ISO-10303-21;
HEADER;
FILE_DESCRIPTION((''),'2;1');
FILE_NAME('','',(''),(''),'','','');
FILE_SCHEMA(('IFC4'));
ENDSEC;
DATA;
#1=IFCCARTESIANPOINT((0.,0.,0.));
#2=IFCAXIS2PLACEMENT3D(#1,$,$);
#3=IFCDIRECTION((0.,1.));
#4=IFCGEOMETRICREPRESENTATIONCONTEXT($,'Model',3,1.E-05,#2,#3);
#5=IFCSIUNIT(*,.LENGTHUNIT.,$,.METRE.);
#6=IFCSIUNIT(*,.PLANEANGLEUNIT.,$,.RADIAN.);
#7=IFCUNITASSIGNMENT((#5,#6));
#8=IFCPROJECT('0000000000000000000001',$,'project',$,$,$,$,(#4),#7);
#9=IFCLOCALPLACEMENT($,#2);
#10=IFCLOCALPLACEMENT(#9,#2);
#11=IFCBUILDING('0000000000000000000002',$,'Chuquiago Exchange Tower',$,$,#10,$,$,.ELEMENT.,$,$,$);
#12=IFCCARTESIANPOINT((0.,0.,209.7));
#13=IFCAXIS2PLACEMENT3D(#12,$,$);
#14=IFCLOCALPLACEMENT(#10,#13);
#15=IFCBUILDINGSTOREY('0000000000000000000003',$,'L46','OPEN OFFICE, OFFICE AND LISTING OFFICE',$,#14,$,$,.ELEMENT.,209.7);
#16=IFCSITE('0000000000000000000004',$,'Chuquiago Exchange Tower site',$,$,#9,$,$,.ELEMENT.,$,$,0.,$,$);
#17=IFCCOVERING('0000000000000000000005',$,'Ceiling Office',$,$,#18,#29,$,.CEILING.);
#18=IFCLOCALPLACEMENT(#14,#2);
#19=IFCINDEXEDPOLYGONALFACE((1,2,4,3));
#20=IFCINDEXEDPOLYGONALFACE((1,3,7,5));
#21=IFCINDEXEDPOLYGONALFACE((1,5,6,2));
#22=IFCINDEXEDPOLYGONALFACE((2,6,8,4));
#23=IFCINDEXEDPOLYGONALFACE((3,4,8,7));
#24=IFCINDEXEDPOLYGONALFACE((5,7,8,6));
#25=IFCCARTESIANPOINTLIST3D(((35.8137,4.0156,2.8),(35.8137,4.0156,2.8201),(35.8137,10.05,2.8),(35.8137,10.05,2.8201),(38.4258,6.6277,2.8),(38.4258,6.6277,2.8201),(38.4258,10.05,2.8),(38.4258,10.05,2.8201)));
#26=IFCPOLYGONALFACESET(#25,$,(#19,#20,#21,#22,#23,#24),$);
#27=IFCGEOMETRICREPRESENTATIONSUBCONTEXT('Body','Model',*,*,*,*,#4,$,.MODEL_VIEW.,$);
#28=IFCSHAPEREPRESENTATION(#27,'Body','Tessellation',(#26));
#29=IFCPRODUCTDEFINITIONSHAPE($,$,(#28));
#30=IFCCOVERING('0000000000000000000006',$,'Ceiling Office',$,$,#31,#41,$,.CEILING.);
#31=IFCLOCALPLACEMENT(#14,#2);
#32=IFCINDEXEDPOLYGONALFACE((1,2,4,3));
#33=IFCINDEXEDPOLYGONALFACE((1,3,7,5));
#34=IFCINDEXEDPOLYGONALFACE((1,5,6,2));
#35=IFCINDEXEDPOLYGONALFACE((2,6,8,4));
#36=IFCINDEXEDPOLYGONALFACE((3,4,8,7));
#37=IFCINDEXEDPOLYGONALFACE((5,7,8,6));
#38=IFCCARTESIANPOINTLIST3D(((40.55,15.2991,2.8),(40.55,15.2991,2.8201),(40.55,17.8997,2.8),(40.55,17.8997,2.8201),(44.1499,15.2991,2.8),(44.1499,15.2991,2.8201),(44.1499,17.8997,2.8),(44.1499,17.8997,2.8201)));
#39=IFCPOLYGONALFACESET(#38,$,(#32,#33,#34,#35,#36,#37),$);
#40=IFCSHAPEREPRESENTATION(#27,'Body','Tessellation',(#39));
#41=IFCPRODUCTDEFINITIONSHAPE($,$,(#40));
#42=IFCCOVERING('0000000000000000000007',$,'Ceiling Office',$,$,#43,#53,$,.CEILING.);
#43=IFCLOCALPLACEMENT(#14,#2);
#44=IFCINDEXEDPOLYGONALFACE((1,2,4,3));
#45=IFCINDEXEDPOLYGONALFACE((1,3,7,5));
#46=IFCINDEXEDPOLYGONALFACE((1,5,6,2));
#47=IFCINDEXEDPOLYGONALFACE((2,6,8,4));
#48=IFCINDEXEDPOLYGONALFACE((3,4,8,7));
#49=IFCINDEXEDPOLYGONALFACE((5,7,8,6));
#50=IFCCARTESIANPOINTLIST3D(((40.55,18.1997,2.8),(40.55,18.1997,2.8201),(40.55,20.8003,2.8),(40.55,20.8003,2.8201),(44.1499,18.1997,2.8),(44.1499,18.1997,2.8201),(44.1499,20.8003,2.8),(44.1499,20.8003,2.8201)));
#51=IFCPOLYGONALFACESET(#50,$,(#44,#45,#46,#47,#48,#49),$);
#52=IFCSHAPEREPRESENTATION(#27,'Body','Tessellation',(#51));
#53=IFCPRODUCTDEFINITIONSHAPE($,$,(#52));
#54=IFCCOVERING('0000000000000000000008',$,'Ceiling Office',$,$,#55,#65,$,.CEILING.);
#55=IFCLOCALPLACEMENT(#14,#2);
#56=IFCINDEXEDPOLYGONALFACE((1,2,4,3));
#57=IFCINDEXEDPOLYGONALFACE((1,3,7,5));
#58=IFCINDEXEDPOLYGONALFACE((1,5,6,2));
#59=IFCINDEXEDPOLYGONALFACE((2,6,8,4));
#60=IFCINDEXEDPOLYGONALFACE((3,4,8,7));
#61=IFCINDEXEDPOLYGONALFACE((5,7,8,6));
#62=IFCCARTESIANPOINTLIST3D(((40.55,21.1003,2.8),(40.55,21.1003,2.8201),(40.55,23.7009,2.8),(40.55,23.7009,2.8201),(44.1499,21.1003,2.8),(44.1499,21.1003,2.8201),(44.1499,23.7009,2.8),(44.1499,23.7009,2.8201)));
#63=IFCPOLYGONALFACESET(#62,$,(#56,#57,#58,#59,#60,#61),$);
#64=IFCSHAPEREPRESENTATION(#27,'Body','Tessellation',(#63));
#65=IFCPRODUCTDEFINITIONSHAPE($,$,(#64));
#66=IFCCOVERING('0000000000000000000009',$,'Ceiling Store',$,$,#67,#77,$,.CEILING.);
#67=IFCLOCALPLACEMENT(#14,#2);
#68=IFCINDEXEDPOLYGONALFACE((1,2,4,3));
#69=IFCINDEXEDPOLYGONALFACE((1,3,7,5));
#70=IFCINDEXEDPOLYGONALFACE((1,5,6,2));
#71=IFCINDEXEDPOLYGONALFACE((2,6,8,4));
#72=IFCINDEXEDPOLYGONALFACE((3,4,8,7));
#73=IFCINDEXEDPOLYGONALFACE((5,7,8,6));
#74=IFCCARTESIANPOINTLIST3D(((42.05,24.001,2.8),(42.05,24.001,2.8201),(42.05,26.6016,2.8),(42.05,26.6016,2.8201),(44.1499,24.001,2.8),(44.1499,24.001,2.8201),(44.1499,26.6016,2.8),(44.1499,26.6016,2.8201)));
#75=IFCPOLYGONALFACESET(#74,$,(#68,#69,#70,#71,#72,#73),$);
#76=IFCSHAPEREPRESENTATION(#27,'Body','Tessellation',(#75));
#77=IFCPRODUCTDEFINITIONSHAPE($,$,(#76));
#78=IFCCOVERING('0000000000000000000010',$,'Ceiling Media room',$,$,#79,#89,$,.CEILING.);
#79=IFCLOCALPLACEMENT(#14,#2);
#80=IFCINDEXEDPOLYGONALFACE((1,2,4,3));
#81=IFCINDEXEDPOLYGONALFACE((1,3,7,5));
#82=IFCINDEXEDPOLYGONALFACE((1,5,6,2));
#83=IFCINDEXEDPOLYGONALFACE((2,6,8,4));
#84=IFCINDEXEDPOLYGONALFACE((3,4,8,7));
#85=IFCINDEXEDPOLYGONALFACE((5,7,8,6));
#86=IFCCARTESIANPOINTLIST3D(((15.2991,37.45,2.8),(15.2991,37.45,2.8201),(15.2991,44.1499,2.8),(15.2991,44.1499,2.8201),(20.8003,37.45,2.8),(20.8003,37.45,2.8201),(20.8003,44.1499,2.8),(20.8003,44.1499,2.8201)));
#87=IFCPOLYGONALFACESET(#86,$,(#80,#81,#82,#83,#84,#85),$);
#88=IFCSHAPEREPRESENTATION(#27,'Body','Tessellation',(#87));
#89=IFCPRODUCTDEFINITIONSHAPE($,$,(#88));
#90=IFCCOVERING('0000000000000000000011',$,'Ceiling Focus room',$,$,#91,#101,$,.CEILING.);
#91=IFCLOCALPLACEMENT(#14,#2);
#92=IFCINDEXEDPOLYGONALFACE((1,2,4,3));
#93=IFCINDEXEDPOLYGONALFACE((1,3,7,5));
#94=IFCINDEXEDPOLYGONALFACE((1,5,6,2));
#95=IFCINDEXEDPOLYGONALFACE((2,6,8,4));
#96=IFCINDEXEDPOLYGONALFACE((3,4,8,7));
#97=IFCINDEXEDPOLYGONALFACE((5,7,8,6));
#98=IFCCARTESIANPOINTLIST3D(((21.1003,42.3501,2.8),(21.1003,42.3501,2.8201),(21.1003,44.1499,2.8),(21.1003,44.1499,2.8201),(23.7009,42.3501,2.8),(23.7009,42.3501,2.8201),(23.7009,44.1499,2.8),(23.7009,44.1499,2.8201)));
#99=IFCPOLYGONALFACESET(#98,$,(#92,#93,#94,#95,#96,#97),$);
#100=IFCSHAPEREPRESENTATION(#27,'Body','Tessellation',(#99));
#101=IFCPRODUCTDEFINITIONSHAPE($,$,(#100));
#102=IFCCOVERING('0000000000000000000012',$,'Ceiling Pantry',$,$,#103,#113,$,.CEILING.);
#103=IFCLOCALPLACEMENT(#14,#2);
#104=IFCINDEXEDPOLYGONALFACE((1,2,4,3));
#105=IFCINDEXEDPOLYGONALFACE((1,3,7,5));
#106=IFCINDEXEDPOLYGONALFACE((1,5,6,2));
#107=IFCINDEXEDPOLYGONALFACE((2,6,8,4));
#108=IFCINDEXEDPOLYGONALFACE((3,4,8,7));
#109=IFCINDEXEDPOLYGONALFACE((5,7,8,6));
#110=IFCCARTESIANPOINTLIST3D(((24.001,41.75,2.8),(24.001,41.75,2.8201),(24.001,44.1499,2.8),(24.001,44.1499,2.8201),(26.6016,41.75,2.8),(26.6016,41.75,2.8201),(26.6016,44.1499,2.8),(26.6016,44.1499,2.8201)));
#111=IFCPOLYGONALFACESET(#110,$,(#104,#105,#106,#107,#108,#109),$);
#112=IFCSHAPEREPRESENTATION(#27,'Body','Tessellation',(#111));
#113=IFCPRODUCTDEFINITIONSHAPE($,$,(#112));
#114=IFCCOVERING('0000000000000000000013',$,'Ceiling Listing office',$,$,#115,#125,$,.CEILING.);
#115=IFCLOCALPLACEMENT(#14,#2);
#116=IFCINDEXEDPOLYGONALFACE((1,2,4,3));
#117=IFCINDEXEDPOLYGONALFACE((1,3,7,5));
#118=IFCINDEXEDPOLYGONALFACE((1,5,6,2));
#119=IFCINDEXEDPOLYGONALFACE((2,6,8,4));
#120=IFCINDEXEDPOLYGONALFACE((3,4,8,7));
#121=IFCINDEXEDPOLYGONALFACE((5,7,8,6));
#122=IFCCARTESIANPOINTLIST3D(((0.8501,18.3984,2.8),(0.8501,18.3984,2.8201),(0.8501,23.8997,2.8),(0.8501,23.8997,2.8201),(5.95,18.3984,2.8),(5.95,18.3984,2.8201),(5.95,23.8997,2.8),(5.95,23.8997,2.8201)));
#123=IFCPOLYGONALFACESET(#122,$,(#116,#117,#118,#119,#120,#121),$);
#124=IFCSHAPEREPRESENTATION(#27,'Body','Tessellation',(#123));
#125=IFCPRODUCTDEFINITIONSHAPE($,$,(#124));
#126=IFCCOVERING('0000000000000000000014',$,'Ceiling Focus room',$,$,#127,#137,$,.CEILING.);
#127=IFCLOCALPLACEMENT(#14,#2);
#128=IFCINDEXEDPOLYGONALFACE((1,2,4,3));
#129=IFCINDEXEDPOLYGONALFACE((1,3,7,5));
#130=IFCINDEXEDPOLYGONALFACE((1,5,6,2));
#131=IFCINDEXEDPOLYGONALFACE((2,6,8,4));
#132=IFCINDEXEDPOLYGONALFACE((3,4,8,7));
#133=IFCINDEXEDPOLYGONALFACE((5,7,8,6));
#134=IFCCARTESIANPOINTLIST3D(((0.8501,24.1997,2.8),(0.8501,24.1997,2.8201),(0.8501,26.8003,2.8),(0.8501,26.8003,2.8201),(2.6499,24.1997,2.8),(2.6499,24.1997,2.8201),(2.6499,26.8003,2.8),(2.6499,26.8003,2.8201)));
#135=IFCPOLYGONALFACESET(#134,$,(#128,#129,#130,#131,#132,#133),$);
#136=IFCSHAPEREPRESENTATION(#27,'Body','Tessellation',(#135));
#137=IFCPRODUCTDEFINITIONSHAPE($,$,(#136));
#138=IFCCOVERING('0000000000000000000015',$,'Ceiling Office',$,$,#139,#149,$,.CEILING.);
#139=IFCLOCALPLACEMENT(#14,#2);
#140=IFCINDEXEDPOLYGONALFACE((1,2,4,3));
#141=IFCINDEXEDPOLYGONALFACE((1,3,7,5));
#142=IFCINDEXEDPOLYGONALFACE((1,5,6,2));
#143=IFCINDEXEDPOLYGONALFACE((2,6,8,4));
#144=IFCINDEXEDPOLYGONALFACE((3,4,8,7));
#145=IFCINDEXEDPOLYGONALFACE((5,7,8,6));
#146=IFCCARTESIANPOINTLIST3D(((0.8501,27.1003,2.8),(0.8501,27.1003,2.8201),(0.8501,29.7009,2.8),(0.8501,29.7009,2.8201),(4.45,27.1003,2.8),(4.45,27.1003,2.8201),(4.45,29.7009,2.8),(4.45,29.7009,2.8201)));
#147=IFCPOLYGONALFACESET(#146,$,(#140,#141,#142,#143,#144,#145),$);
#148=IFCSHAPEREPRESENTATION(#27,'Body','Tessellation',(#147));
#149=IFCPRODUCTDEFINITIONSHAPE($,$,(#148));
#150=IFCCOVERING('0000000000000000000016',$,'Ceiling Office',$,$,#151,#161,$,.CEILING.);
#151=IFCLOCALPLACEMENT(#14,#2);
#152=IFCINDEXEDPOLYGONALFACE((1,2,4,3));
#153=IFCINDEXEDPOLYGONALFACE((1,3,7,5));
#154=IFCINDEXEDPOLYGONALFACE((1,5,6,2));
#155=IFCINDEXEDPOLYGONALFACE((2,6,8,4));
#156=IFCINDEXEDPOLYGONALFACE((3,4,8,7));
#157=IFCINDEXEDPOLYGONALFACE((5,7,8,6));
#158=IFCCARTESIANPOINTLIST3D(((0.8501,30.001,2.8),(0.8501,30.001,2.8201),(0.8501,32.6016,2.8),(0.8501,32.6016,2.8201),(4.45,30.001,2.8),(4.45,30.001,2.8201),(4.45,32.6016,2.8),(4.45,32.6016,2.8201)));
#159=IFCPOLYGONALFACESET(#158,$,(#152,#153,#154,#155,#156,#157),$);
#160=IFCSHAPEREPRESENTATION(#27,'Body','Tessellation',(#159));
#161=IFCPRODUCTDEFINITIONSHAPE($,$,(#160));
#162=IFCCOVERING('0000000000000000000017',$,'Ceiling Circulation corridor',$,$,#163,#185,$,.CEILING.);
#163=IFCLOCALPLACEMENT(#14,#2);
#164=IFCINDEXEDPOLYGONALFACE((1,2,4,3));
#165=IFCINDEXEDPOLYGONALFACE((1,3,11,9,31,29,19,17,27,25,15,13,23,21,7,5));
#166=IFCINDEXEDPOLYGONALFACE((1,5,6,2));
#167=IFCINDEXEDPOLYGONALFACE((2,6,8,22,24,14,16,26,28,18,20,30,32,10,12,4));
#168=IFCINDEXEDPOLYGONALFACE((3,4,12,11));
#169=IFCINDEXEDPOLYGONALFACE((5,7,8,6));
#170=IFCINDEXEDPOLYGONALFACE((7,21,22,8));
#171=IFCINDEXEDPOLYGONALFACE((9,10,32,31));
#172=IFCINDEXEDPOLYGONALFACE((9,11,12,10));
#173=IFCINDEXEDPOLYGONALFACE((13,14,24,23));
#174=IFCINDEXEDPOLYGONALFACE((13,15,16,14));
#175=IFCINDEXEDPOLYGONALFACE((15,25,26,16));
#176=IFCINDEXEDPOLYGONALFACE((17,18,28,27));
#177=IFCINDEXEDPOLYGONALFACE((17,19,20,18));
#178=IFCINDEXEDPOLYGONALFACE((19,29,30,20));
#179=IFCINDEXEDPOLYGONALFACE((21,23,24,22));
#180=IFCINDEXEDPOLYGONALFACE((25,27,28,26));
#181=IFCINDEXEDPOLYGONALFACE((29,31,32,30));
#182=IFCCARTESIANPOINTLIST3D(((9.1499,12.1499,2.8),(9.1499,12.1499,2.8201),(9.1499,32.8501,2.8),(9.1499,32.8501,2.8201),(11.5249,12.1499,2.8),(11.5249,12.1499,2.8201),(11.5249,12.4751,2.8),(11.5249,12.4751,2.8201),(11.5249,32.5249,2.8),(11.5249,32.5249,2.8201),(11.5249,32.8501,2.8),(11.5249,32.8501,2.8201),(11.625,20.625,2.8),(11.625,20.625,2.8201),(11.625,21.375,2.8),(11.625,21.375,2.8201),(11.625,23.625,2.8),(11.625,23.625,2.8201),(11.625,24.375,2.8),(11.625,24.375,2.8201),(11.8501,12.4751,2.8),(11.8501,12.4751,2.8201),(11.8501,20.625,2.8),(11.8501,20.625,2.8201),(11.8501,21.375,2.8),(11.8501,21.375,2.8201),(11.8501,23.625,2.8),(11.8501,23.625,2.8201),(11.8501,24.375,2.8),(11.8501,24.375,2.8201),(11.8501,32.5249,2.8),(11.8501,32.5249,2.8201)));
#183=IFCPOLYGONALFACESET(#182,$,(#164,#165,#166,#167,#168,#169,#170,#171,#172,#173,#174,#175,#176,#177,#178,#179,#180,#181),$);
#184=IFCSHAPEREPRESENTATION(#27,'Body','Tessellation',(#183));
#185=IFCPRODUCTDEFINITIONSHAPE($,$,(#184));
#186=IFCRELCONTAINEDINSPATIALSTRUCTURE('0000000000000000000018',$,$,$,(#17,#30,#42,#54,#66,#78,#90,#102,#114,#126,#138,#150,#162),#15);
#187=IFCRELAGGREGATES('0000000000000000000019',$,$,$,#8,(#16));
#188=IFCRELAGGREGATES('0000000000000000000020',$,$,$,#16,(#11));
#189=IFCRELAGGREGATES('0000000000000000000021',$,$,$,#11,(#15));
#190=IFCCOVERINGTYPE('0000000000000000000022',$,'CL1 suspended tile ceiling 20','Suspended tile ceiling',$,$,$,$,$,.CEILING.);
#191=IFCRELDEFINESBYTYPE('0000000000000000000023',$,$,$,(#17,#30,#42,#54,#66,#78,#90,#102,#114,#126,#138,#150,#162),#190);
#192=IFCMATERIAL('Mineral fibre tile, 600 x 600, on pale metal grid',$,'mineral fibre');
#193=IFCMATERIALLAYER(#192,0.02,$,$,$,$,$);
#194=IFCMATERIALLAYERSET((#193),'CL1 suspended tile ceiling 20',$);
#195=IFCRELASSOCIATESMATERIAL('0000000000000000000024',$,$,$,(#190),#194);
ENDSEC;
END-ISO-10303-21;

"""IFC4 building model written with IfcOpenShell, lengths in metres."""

from ifc_helpers import new_model, si_unit, direction, frame, origin, place, context, subcontext, project, spatial, polyline, outline, extrude, material, layer, layer_set, type_object, element, save


model = new_model("IFC4")

# Units and contexts
model_context = context("Model", 3, precision=1e-05, world=origin(), true_north=direction((0.0, 1.0)))
body_context = subcontext(model_context, "Body", "Model", "MODEL_VIEW")
ifc_project = project(units=[si_unit("LENGTHUNIT", "METRE"), si_unit("PLANEANGLEUNIT", "RADIAN")], contexts=[model_context])

# Site, building, storey
site_placement = place(None, origin())
site = spatial("IfcSite", under=ifc_project, at=site_placement, Name="Chuquiago Exchange Tower site", CompositionType="ELEMENT", RefElevation=0.0)
building_placement = place(site_placement, origin())
building = spatial("IfcBuilding", under=site, at=building_placement, Name="Chuquiago Exchange Tower", CompositionType="ELEMENT")
storey_placement = place(building_placement, frame((0.0, 0.0, 209.7)))
storey = spatial("IfcBuildingStorey", under=building, at=storey_placement, Name="L46", Description="OPEN OFFICE, OFFICE AND LISTING OFFICE", CompositionType="ELEMENT", Elevation=209.7)

# Coverings
ifc_material_1 = material(Name="Mineral fibre tile, 600 x 600, on pale metal grid", Category="mineral fibre")
ifc_layer_1 = layer(ifc_material_1, 0.02)
ifc_layer_set_1 = layer_set([ifc_layer_1], Name="CL1 suspended tile ceiling 20")
covering_type_1 = type_object("IfcCoveringType", Name="CL1 suspended tile ceiling 20", Description="Suspended tile ceiling", PredefinedType="CEILING", material=ifc_layer_set_1)
covering_1_placement = place(storey_placement, frame((0.0, 0.0, 2.8)))
element("IfcCovering", 1, at=covering_1_placement, inside=storey, type_object=covering_type_1, Name="Ceiling Office", PredefinedType="CEILING", context=body_context, shape_type="SweptSolid", body=[
    extrude(outline(polyline([(35.8137, 10.05), (38.4258, 10.05), (38.4258, 6.6277), (35.8137, 4.0156), (35.8137, 10.05)])), origin(), (0.0, 0.0, 1.0), 0.02),
])
covering_2_placement = place(storey_placement, frame((0.0, 0.0, 2.8)))
element("IfcCovering", 2, at=covering_2_placement, inside=storey, type_object=covering_type_1, Name="Ceiling Office", PredefinedType="CEILING", context=body_context, shape_type="SweptSolid", body=[
    extrude(outline(polyline([(40.55, 15.2991), (40.55, 17.8997), (44.1499, 17.8997), (44.1499, 15.2991), (40.55, 15.2991)])), origin(), (0.0, 0.0, 1.0), 0.02),
])
covering_3_placement = place(storey_placement, frame((0.0, 0.0, 2.8)))
element("IfcCovering", 3, at=covering_3_placement, inside=storey, type_object=covering_type_1, Name="Ceiling Office", PredefinedType="CEILING", context=body_context, shape_type="SweptSolid", body=[
    extrude(outline(polyline([(40.55, 18.1997), (40.55, 20.8003), (44.1499, 20.8003), (44.1499, 18.1997), (40.55, 18.1997)])), origin(), (0.0, 0.0, 1.0), 0.02),
])
covering_4_placement = place(storey_placement, frame((0.0, 0.0, 2.8)))
element("IfcCovering", 4, at=covering_4_placement, inside=storey, type_object=covering_type_1, Name="Ceiling Office", PredefinedType="CEILING", context=body_context, shape_type="SweptSolid", body=[
    extrude(outline(polyline([(40.55, 21.1003), (40.55, 23.7009), (44.1499, 23.7009), (44.1499, 21.1003), (40.55, 21.1003)])), origin(), (0.0, 0.0, 1.0), 0.02),
])
covering_5_placement = place(storey_placement, frame((0.0, 0.0, 2.8)))
element("IfcCovering", 5, at=covering_5_placement, inside=storey, type_object=covering_type_1, Name="Ceiling Store", PredefinedType="CEILING", context=body_context, shape_type="SweptSolid", body=[
    extrude(outline(polyline([(44.1499, 24.001), (42.05, 24.001), (42.05, 26.6016), (44.1499, 26.6016), (44.1499, 24.001)])), origin(), (0.0, 0.0, 1.0), 0.02),
])
covering_6_placement = place(storey_placement, frame((0.0, 0.0, 2.8)))
element("IfcCovering", 6, at=covering_6_placement, inside=storey, type_object=covering_type_1, Name="Ceiling Media room", PredefinedType="CEILING", context=body_context, shape_type="SweptSolid", body=[
    extrude(outline(polyline([(20.8003, 37.45), (15.2991, 37.45), (15.2991, 44.1499), (20.8003, 44.1499), (20.8003, 37.45)])), origin(), (0.0, 0.0, 1.0), 0.02),
])
covering_7_placement = place(storey_placement, frame((0.0, 0.0, 2.8)))
element("IfcCovering", 7, at=covering_7_placement, inside=storey, type_object=covering_type_1, Name="Ceiling Focus room", PredefinedType="CEILING", context=body_context, shape_type="SweptSolid", body=[
    extrude(outline(polyline([(23.7009, 42.3501), (21.1003, 42.3501), (21.1003, 44.1499), (23.7009, 44.1499), (23.7009, 42.3501)])), origin(), (0.0, 0.0, 1.0), 0.02),
])
covering_8_placement = place(storey_placement, frame((0.0, 0.0, 2.8)))
element("IfcCovering", 8, at=covering_8_placement, inside=storey, type_object=covering_type_1, Name="Ceiling Pantry", PredefinedType="CEILING", context=body_context, shape_type="SweptSolid", body=[
    extrude(outline(polyline([(26.6016, 41.75), (24.001, 41.75), (24.001, 44.1499), (26.6016, 44.1499), (26.6016, 41.75)])), origin(), (0.0, 0.0, 1.0), 0.02),
])
covering_9_placement = place(storey_placement, frame((0.0, 0.0, 2.8)))
element("IfcCovering", 9, at=covering_9_placement, inside=storey, type_object=covering_type_1, Name="Ceiling Listing office", PredefinedType="CEILING", context=body_context, shape_type="SweptSolid", body=[
    extrude(outline(polyline([(0.8501, 23.8997), (5.95, 23.8997), (5.95, 18.3984), (0.8501, 18.3984), (0.8501, 23.8997)])), origin(), (0.0, 0.0, 1.0), 0.02),
])
covering_10_placement = place(storey_placement, frame((0.0, 0.0, 2.8)))
element("IfcCovering", 10, at=covering_10_placement, inside=storey, type_object=covering_type_1, Name="Ceiling Focus room", PredefinedType="CEILING", context=body_context, shape_type="SweptSolid", body=[
    extrude(outline(polyline([(2.6499, 26.8003), (2.6499, 24.1997), (0.8501, 24.1997), (0.8501, 26.8003), (2.6499, 26.8003)])), origin(), (0.0, 0.0, 1.0), 0.02),
])
covering_11_placement = place(storey_placement, frame((0.0, 0.0, 2.8)))
element("IfcCovering", 11, at=covering_11_placement, inside=storey, type_object=covering_type_1, Name="Ceiling Office", PredefinedType="CEILING", context=body_context, shape_type="SweptSolid", body=[
    extrude(outline(polyline([(4.45, 29.7009), (4.45, 27.1003), (0.8501, 27.1003), (0.8501, 29.7009), (4.45, 29.7009)])), origin(), (0.0, 0.0, 1.0), 0.02),
])
covering_12_placement = place(storey_placement, frame((0.0, 0.0, 2.8)))
element("IfcCovering", 12, at=covering_12_placement, inside=storey, type_object=covering_type_1, Name="Ceiling Office", PredefinedType="CEILING", context=body_context, shape_type="SweptSolid", body=[
    extrude(outline(polyline([(4.45, 32.6016), (4.45, 30.001), (0.8501, 30.001), (0.8501, 32.6016), (4.45, 32.6016)])), origin(), (0.0, 0.0, 1.0), 0.02),
])
covering_13_placement = place(storey_placement, frame((0.0, 0.0, 2.8)))
element("IfcCovering", 13, at=covering_13_placement, inside=storey, type_object=covering_type_1, Name="Ceiling Circulation corridor", PredefinedType="CEILING", context=body_context, shape_type="SweptSolid", body=[
    extrude(outline(polyline([(9.1499, 12.1499), (9.1499, 32.8501), (11.5249, 32.8501), (11.5249, 32.5249), (11.8501, 32.5249), (11.8501, 24.375), (11.625, 24.375), (11.625, 23.625), (11.8501, 23.625), (11.8501, 21.375), (11.625, 21.375), (11.625, 20.625), (11.8501, 20.625), (11.8501, 12.4751), (11.5249, 12.4751), (11.5249, 12.1499), (9.1499, 12.1499)])), origin(), (0.0, 0.0, 1.0), 0.02),
])

save(model, "model.ifc")
